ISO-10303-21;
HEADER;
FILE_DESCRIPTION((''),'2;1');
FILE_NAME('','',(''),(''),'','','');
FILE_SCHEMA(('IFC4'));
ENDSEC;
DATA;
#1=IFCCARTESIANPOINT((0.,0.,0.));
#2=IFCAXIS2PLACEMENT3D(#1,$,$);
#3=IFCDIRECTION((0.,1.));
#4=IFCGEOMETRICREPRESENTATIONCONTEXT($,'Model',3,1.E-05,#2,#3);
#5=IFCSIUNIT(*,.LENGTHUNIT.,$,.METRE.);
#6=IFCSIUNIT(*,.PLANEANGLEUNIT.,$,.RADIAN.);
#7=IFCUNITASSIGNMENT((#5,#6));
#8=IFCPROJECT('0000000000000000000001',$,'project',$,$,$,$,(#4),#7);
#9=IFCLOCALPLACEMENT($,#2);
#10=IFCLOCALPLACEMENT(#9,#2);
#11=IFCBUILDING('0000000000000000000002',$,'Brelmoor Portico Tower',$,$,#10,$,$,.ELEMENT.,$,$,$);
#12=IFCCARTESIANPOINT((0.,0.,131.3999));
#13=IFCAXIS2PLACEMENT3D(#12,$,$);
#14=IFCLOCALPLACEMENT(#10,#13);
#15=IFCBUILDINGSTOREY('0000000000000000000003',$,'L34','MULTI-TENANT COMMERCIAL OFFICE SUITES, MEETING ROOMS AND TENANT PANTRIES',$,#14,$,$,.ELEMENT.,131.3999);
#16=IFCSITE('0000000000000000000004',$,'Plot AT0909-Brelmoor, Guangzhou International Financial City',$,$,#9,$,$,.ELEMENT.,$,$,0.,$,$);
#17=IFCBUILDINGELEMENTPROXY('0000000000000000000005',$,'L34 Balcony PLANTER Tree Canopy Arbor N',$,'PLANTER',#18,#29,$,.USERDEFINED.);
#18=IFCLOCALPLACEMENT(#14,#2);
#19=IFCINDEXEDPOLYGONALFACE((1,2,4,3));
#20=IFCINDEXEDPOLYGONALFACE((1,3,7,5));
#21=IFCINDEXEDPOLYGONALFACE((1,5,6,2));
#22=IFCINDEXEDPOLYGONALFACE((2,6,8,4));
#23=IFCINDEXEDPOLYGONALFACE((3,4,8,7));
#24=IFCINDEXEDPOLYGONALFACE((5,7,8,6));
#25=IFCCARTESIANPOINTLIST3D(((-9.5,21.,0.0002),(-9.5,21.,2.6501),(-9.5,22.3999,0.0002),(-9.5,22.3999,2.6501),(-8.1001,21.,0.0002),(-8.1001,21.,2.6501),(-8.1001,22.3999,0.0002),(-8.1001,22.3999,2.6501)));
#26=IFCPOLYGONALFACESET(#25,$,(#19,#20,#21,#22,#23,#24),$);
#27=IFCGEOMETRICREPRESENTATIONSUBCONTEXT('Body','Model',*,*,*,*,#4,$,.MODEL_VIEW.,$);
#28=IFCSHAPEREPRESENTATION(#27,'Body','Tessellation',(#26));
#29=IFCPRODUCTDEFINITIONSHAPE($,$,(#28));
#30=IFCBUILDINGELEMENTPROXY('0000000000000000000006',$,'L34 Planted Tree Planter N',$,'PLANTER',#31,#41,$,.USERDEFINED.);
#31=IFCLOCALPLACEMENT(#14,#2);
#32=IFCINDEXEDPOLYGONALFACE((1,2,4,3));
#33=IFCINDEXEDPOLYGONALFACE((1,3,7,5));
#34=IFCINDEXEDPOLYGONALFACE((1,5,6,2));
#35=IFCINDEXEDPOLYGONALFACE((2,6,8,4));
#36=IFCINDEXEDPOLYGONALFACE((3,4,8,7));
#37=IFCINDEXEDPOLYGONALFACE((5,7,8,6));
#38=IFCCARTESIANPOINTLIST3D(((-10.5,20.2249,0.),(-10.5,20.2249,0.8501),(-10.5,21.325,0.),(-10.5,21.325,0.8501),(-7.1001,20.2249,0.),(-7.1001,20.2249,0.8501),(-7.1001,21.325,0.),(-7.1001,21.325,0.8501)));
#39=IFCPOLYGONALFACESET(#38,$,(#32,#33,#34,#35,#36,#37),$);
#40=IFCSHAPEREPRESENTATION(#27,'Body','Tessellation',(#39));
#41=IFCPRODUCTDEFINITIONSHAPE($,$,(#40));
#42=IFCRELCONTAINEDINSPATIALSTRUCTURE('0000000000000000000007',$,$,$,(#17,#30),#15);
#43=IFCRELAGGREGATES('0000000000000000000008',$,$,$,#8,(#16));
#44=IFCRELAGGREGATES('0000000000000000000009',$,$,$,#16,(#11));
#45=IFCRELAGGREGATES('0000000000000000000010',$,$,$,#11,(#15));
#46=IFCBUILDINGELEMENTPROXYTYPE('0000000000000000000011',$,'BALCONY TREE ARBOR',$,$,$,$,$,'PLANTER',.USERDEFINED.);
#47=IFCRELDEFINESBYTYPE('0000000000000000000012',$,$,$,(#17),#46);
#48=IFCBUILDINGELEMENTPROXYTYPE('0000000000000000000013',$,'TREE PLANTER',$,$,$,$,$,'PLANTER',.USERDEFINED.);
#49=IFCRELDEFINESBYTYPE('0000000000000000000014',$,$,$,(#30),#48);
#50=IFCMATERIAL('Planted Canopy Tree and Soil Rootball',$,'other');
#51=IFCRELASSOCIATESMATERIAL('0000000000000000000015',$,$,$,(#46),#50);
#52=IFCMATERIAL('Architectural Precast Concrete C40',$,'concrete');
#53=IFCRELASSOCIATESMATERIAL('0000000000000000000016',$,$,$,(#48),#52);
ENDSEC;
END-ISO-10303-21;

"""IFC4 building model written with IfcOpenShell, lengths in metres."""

from ifc_helpers import new_model, si_unit, direction, frame, origin, origin_2d, place, context, subcontext, project, spatial, rectangle, extrude, material, type_object, element, save


model = new_model("IFC4")

# Units and contexts
model_context = context("Model", 3, precision=1e-05, world=origin(), true_north=direction((0.0, 1.0)))
body_context = subcontext(model_context, "Body", "Model", "MODEL_VIEW")
ifc_project = project(units=[si_unit("LENGTHUNIT", "METRE"), si_unit("PLANEANGLEUNIT", "RADIAN")], contexts=[model_context])

# Site, building, storey
site_placement = place(None, origin())
site = spatial("IfcSite", under=ifc_project, at=site_placement, Name="Plot AT0909-Brelmoor, Guangzhou International Financial City", CompositionType="ELEMENT", RefElevation=0.0)
building_placement = place(site_placement, origin())
building = spatial("IfcBuilding", under=site, at=building_placement, Name="Brelmoor Portico Tower", CompositionType="ELEMENT")
storey_placement = place(building_placement, frame((0.0, 0.0, 131.3999)))
storey = spatial("IfcBuildingStorey", under=building, at=storey_placement, Name="L34", Description="MULTI-TENANT COMMERCIAL OFFICE SUITES, MEETING ROOMS AND TENANT PANTRIES", CompositionType="ELEMENT", Elevation=131.3999)

# Building element proxies
ifc_material_1 = material(Name="Planted Canopy Tree and Soil Rootball", Category="other")
building_element_proxy_type_1 = type_object("IfcBuildingElementProxyType", Name="BALCONY TREE ARBOR", ElementType="PLANTER", PredefinedType="USERDEFINED", material=ifc_material_1)
proxy_1_placement = place(storey_placement, frame((-8.8, 21.7, 0.0002), z_axis=(0.0, 0.0, 1.0), x_axis=(1.0, 0.0, 0.0)))
element("IfcBuildingElementProxy", 1, at=proxy_1_placement, inside=storey, type_object=building_element_proxy_type_1, Name="L34 Balcony PLANTER Tree Canopy Arbor N", ObjectType="PLANTER", PredefinedType="USERDEFINED", context=body_context, shape_type="SweptSolid", body=[
    extrude(rectangle(XDim=1.3999, YDim=1.3999, at=origin_2d()), origin(), (0.0, 0.0, 1.0), 2.6499),
])
ifc_material_2 = material(Name="Architectural Precast Concrete C40", Category="concrete")
building_element_proxy_type_2 = type_object("IfcBuildingElementProxyType", Name="TREE PLANTER", ElementType="PLANTER", PredefinedType="USERDEFINED", material=ifc_material_2)
proxy_2_placement = place(storey_placement, frame((-8.8, 20.7749, 0.0), z_axis=(0.0, 0.0, 1.0), x_axis=(1.0, 0.0, 0.0)))
element("IfcBuildingElementProxy", 2, at=proxy_2_placement, inside=storey, type_object=building_element_proxy_type_2, Name="L34 Planted Tree Planter N", ObjectType="PLANTER", PredefinedType="USERDEFINED", context=body_context, shape_type="SweptSolid", body=[
    extrude(rectangle(XDim=3.3999, YDim=1.1001, at=origin_2d()), origin(), (0.0, 0.0, 1.0), 0.8501),
])

save(model, "model.ifc")
